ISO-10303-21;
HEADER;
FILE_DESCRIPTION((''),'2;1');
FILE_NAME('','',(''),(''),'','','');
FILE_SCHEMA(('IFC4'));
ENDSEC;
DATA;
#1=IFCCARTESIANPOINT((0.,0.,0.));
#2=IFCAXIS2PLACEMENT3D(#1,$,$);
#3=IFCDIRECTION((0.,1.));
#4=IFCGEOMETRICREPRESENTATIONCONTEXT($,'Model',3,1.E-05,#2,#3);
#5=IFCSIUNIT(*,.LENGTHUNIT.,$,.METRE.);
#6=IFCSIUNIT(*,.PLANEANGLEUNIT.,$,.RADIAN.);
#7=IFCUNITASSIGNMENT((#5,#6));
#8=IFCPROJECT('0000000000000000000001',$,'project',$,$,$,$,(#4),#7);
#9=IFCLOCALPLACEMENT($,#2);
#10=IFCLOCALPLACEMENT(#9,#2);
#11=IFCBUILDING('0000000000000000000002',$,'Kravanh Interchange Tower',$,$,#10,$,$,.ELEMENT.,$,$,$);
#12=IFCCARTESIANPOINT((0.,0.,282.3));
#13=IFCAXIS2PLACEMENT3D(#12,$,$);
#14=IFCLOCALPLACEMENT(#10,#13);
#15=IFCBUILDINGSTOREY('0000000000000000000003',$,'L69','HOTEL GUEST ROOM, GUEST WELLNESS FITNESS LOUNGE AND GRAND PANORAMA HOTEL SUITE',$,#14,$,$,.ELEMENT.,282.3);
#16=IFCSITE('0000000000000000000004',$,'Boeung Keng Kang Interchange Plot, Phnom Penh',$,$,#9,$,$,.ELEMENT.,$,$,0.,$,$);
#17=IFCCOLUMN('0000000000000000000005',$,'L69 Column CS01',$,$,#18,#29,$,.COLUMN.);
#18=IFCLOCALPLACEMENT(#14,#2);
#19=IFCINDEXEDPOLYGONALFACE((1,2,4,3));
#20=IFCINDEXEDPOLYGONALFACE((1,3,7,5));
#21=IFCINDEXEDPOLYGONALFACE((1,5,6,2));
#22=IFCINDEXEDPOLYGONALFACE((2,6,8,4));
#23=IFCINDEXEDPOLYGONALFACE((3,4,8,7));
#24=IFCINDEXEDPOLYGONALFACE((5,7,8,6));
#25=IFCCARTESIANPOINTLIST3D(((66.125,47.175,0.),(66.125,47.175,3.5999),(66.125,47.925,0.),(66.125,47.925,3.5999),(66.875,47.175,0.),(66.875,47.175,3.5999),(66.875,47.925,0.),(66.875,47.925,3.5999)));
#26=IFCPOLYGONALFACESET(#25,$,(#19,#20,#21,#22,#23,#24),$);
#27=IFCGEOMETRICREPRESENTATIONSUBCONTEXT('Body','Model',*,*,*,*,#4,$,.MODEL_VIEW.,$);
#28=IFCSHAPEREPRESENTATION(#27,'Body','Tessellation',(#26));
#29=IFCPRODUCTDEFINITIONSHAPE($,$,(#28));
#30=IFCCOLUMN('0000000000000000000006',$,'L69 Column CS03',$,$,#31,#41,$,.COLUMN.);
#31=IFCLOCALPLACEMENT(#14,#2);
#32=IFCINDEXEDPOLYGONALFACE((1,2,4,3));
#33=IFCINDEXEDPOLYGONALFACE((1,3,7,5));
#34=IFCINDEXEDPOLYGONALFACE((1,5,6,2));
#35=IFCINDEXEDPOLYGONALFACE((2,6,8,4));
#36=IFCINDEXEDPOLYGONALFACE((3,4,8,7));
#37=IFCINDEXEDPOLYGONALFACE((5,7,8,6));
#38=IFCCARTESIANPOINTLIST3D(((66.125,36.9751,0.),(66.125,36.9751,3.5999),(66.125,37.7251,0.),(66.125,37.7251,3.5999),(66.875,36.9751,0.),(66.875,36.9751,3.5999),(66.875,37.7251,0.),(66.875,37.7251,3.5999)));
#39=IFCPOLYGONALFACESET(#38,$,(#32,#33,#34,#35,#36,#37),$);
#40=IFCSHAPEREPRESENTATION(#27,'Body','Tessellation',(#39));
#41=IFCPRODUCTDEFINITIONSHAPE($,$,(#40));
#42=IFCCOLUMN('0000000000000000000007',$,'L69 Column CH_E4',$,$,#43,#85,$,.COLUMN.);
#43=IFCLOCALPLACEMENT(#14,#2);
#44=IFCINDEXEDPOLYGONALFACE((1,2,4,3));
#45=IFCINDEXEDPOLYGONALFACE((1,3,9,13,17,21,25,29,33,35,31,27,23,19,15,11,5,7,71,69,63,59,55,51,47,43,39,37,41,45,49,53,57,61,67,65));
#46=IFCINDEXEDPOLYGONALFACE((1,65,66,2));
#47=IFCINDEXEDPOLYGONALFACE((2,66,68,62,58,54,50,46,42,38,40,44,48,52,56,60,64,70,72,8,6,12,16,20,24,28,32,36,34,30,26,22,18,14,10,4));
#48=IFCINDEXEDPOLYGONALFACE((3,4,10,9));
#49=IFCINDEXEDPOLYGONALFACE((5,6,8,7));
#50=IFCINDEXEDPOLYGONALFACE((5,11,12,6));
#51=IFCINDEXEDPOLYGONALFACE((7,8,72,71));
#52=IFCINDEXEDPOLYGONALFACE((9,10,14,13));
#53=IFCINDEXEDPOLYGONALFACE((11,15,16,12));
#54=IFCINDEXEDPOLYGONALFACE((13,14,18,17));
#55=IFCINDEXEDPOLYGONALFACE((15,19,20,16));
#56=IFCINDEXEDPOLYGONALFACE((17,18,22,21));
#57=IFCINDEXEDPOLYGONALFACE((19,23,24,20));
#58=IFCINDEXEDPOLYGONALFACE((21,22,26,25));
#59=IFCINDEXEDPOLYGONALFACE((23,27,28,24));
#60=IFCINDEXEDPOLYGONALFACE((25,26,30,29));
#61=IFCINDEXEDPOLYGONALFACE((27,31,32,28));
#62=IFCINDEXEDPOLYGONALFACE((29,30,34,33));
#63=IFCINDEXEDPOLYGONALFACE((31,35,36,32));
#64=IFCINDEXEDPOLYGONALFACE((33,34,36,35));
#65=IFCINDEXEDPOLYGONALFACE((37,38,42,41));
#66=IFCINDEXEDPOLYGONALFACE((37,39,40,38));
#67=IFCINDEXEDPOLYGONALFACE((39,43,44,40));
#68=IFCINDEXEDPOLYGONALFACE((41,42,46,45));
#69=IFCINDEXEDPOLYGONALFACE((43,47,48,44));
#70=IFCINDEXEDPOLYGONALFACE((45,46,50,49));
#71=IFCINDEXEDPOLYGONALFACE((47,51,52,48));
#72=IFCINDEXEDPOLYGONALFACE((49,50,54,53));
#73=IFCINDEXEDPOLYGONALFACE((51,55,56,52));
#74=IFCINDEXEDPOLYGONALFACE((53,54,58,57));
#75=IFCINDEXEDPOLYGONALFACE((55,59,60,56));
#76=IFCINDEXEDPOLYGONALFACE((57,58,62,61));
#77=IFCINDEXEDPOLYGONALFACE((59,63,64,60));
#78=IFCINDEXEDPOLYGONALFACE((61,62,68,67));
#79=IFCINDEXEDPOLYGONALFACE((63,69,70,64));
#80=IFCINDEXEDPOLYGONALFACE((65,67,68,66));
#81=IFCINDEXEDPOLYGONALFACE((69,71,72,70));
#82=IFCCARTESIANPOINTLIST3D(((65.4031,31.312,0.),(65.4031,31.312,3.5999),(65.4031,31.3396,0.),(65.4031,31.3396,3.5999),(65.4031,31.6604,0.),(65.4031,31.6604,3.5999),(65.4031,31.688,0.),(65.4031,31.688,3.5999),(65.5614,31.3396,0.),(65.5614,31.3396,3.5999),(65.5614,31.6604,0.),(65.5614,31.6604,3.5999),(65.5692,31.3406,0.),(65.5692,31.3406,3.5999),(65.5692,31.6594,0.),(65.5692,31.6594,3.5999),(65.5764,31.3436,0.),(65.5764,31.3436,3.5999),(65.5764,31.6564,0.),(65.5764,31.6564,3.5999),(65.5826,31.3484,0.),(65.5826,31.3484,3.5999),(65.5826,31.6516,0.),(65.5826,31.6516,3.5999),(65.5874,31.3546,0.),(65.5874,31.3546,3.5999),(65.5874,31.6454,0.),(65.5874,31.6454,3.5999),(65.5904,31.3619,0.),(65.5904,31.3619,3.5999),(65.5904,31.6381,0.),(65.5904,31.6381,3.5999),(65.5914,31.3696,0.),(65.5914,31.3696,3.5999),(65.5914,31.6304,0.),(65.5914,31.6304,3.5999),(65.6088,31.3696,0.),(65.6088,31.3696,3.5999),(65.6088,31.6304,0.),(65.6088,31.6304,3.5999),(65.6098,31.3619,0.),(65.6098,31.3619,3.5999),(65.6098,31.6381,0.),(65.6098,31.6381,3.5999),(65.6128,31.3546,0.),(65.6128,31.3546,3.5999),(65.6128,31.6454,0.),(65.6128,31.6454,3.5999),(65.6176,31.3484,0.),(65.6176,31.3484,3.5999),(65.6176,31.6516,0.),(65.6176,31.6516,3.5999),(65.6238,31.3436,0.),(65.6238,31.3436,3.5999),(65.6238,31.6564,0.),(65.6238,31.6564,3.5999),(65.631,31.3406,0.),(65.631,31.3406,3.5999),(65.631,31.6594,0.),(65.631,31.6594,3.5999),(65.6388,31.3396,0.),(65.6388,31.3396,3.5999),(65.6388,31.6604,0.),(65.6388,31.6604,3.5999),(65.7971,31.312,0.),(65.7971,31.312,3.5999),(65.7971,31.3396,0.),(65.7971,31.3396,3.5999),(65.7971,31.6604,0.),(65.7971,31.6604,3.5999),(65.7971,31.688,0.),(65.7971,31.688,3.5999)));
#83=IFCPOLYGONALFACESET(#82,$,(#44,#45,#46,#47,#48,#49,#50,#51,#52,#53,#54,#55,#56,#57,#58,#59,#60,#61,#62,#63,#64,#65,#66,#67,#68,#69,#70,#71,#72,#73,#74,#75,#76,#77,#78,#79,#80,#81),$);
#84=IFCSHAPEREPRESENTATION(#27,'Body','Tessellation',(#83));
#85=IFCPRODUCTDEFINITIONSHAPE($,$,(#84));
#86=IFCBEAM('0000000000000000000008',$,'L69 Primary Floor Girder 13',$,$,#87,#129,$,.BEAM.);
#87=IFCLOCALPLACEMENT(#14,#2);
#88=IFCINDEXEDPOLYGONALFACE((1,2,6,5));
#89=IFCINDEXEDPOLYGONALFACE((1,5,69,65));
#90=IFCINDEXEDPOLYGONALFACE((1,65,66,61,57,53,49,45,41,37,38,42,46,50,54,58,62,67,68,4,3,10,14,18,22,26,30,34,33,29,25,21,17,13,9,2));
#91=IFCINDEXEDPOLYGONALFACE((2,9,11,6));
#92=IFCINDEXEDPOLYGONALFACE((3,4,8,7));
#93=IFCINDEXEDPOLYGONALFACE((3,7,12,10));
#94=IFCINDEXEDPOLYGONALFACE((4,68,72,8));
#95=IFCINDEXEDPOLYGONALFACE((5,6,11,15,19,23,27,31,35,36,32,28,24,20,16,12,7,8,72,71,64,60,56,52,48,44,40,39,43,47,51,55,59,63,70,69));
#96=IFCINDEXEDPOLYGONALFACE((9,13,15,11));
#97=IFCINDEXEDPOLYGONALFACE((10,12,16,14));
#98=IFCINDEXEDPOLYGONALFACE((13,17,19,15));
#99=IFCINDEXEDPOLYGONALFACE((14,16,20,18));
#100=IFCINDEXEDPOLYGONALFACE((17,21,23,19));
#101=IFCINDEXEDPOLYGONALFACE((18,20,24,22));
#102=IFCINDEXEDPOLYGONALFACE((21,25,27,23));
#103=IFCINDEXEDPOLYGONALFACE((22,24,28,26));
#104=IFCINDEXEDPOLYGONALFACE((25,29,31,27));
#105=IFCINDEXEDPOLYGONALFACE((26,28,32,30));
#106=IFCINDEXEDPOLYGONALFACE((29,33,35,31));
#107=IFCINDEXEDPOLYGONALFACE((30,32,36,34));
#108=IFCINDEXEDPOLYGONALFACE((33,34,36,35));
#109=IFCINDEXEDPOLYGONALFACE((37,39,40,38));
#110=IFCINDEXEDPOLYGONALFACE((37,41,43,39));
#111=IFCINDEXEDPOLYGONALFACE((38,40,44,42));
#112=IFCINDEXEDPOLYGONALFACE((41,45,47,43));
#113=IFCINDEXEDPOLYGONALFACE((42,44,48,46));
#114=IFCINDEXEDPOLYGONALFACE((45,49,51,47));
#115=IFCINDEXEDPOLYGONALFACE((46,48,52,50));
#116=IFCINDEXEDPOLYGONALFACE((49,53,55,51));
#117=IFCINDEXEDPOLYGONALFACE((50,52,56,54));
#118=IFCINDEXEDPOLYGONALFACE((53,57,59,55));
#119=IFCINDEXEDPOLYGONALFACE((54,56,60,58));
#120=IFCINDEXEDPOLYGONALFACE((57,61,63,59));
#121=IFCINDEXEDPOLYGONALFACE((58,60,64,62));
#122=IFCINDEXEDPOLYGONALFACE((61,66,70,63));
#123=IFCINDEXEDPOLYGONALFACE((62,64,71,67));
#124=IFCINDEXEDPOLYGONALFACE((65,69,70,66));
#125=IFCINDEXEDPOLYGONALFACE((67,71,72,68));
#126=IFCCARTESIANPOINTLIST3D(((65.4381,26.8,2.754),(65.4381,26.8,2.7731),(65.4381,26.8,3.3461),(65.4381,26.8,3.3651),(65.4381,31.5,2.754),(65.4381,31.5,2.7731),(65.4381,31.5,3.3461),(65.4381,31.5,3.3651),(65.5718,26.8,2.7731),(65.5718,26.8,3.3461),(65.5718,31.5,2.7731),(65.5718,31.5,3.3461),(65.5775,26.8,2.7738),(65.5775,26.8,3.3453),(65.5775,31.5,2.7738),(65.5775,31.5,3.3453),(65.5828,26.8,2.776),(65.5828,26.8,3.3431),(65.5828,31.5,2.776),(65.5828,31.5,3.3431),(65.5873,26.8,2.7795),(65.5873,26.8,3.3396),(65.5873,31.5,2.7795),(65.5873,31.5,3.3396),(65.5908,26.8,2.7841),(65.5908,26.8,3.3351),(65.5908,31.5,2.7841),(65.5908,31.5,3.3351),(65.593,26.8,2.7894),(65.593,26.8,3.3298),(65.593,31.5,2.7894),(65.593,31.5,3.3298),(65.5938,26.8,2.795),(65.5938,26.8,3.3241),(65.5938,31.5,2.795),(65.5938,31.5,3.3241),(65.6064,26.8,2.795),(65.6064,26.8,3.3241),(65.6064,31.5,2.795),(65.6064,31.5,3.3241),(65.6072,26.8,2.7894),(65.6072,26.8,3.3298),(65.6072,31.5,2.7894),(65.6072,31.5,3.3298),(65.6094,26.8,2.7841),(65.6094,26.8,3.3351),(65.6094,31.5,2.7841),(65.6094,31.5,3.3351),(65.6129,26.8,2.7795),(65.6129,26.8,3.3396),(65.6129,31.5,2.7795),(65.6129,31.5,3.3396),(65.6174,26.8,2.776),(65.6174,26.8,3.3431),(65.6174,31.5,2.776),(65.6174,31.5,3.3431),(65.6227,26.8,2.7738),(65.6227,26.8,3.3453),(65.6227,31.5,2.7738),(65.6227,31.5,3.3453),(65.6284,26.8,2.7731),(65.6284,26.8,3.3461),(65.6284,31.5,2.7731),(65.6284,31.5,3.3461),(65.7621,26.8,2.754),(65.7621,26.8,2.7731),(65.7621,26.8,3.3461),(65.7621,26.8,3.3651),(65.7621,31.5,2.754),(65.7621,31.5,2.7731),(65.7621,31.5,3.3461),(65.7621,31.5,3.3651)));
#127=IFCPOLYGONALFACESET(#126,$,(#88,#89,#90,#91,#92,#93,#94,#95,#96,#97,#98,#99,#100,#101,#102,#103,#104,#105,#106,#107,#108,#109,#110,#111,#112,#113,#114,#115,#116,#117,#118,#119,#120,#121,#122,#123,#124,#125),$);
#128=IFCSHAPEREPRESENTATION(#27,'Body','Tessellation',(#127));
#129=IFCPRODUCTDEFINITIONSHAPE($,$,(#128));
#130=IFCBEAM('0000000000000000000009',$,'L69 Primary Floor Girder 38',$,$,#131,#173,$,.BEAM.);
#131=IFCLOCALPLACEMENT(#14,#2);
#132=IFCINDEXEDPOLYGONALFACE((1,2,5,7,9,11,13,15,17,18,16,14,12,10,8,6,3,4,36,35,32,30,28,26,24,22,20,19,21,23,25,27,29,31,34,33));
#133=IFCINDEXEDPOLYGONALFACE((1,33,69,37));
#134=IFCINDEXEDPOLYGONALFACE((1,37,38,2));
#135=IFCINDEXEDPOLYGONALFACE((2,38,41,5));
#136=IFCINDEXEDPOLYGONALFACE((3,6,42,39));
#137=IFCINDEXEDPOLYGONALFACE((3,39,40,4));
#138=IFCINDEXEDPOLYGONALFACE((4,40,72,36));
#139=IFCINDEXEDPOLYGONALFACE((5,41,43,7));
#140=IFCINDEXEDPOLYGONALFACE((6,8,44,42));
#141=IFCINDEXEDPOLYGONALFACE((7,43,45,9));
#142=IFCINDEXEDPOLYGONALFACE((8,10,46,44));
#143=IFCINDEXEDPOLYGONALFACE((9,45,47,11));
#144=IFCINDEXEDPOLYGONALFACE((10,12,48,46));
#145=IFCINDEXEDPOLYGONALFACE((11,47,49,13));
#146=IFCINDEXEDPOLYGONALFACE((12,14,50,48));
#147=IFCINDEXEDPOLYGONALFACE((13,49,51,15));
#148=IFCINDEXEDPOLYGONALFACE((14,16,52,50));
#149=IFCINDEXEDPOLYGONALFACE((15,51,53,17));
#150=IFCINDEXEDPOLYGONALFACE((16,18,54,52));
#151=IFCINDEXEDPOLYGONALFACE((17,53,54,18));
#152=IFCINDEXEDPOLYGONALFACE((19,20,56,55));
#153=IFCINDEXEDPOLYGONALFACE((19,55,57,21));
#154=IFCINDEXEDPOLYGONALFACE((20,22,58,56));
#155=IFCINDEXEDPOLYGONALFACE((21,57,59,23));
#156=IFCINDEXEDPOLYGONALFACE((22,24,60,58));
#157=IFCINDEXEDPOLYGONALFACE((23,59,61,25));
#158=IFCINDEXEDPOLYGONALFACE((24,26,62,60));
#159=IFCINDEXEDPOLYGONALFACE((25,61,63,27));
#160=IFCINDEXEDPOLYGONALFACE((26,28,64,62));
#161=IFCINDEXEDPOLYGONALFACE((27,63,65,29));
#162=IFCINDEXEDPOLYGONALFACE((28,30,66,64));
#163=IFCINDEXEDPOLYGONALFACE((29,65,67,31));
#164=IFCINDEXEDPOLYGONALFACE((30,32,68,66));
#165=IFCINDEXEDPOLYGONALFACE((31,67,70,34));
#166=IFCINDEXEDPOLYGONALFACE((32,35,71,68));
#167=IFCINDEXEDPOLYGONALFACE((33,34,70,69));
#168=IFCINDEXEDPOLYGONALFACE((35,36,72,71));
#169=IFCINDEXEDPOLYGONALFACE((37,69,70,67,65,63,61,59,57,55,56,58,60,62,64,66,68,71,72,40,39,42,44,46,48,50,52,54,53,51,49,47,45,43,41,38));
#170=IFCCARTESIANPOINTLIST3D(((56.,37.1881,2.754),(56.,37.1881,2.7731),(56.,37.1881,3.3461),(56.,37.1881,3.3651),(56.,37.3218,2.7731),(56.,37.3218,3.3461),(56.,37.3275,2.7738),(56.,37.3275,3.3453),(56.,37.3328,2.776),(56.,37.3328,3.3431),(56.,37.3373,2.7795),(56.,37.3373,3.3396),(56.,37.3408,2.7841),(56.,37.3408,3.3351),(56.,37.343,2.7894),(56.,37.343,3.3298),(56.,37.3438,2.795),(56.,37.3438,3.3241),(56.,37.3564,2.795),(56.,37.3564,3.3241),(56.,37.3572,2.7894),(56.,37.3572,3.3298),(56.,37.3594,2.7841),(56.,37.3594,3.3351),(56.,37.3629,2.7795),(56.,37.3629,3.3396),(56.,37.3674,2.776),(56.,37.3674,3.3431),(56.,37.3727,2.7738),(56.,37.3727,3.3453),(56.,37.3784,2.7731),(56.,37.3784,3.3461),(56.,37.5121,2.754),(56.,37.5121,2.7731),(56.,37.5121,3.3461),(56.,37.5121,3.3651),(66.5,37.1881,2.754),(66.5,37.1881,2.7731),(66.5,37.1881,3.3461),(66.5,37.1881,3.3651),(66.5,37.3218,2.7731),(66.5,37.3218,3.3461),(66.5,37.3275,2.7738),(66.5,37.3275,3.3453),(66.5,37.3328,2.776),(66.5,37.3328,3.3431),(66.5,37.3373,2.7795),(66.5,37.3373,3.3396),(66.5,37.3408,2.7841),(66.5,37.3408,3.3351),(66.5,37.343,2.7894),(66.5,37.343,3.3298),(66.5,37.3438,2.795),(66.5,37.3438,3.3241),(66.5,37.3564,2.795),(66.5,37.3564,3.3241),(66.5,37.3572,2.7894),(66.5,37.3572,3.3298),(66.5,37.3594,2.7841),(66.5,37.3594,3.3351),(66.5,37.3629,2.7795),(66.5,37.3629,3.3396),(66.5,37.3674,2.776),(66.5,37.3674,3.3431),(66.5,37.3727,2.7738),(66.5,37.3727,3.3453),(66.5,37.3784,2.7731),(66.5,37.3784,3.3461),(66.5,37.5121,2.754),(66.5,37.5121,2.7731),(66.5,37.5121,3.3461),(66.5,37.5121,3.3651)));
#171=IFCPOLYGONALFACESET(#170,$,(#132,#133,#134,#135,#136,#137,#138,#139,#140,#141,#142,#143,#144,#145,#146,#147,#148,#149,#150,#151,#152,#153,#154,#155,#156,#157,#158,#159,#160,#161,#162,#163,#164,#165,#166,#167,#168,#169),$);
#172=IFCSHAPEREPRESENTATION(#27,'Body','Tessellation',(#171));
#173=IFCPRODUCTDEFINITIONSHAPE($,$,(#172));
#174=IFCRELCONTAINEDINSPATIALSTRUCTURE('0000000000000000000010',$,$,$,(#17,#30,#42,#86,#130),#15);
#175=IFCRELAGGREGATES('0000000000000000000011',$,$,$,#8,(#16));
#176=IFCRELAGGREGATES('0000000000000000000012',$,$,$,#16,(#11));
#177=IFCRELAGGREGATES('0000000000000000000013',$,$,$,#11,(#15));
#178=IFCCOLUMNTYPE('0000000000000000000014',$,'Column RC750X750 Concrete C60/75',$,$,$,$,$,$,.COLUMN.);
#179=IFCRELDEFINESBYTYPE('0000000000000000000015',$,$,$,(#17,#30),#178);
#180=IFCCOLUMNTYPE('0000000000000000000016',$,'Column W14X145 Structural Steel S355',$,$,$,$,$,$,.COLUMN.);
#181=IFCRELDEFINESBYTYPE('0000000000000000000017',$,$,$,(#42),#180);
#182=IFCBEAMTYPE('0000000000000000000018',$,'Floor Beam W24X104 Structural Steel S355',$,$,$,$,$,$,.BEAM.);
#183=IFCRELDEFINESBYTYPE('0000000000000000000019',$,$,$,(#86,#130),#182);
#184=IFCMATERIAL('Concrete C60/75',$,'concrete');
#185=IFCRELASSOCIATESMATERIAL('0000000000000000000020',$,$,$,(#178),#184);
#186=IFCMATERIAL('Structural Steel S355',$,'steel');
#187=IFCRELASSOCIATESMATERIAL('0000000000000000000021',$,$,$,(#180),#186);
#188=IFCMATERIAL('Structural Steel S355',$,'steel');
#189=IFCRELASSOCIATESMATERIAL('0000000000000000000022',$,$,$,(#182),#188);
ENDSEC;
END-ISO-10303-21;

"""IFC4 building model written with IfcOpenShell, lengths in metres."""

from ifc_helpers import new_model, si_unit, direction, frame, origin, origin_2d, place, context, subcontext, project, spatial, rectangle, i_section, extrude, material, material_profile, profile_set, type_object, element, save


model = new_model("IFC4")

# Units and contexts
model_context = context("Model", 3, precision=1e-05, world=origin(), true_north=direction((0.0, 1.0)))
body_context = subcontext(model_context, "Body", "Model", "MODEL_VIEW")
ifc_project = project(units=[si_unit("LENGTHUNIT", "METRE"), si_unit("PLANEANGLEUNIT", "RADIAN")], contexts=[model_context])

# Site, building, storey
site_placement = place(None, origin())
site = spatial("IfcSite", under=ifc_project, at=site_placement, Name="Boeung Keng Kang Interchange Plot, Phnom Penh", CompositionType="ELEMENT", RefElevation=0.0)
building_placement = place(site_placement, origin())
building = spatial("IfcBuilding", under=site, at=building_placement, Name="Kravanh Interchange Tower", CompositionType="ELEMENT")
storey_placement = place(building_placement, frame((0.0, 0.0, 282.3)))
storey = spatial("IfcBuildingStorey", under=building, at=storey_placement, Name="L69", Description="HOTEL GUEST ROOM, GUEST WELLNESS FITNESS LOUNGE AND GRAND PANORAMA HOTEL SUITE", CompositionType="ELEMENT", Elevation=282.3)

# Columns
ifc_material_1 = material(Name="Concrete C60/75", Category="concrete")
ifc_material_profile_1 = material_profile(ifc_material_1, rectangle(XDim=0.75, YDim=0.75, at=origin_2d()), Name="RC750X750")
ifc_profile_set_1 = profile_set([ifc_material_profile_1], Name="Concrete C60/75")
column_type_1 = type_object("IfcColumnType", Name="Column RC750X750 Concrete C60/75", PredefinedType="COLUMN", material=ifc_profile_set_1)
for number, where, z_axis, x_axis, name in (
    (1, (66.5, 47.55, 0.0), (0.0, 0.0, 1.0), (1.0, 0.0, 0.0), "L69 Column CS01"),
    (2, (66.5, 37.3501, 0.0), (0.0, 0.0, 1.0), (1.0, 0.0, 0.0), "L69 Column CS03"),
):
    element("IfcColumn", number, at=place(storey_placement, frame(where, z_axis=z_axis, x_axis=x_axis)), inside=storey, type_object=column_type_1, Name=name, PredefinedType="COLUMN", context=body_context, shape_type="SweptSolid", body=[
        extrude(rectangle(XDim=0.75, YDim=0.75, at=origin_2d()), origin(), (0.0, 0.0, 1.0), 3.5999),
    ])
ifc_material_2 = material(Name="Structural Steel S355", Category="steel")
ifc_material_profile_2 = material_profile(ifc_material_2, i_section(OverallWidth=0.394, OverallDepth=0.376, WebThickness=0.0173, FlangeThickness=0.0276, FilletRadius=0.03, at=origin_2d()), Name="W14X145")
ifc_profile_set_2 = profile_set([ifc_material_profile_2], Name="Structural Steel S355")
column_type_2 = type_object("IfcColumnType", Name="Column W14X145 Structural Steel S355", PredefinedType="COLUMN", material=ifc_profile_set_2)
column_placement = place(storey_placement, frame((65.6001, 31.5, 0.0), z_axis=(0.0, 0.0, 1.0), x_axis=(1.0, 0.0, 0.0)))
element("IfcColumn", 3, at=column_placement, inside=storey, type_object=column_type_2, Name="L69 Column CH_E4", PredefinedType="COLUMN", context=body_context, shape_type="SweptSolid", body=[
    extrude(i_section(OverallWidth=0.394, OverallDepth=0.376, WebThickness=0.0173, FlangeThickness=0.0276, FilletRadius=0.03, at=origin_2d()), origin(), (0.0, 0.0, 1.0), 3.5999),
])

# Beams
ifc_material_3 = material(Name="Structural Steel S355", Category="steel")
ifc_material_profile_3 = material_profile(ifc_material_3, i_section(OverallWidth=0.324, OverallDepth=0.6111, WebThickness=0.0127, FlangeThickness=0.019, FilletRadius=0.022, at=origin_2d()), Name="W24X104")
ifc_profile_set_3 = profile_set([ifc_material_profile_3], Name="Structural Steel S355")
beam_type_1 = type_object("IfcBeamType", Name="Floor Beam W24X104 Structural Steel S355", PredefinedType="BEAM", material=ifc_profile_set_3)
beam_1_placement = place(storey_placement, frame((65.6001, 31.5, 3.0596), z_axis=(0.0, -1.0, 0.0), x_axis=(1.0, 0.0, 0.0)))
element("IfcBeam", 4, at=beam_1_placement, inside=storey, type_object=beam_type_1, Name="L69 Primary Floor Girder 13", PredefinedType="BEAM", context=body_context, shape_type="SweptSolid", body=[
    extrude(i_section(OverallWidth=0.324, OverallDepth=0.6111, WebThickness=0.0127, FlangeThickness=0.019, FilletRadius=0.022, at=origin_2d()), origin(), (0.0, 0.0, 1.0), 4.7),
])
beam_2_placement = place(storey_placement, frame((66.5, 37.3501, 3.0596), z_axis=(-1.0, 0.0, 0.0), x_axis=(0.0, -1.0, 0.0)))
element("IfcBeam", 5, at=beam_2_placement, inside=storey, type_object=beam_type_1, Name="L69 Primary Floor Girder 38", PredefinedType="BEAM", context=body_context, shape_type="SweptSolid", body=[
    extrude(i_section(OverallWidth=0.324, OverallDepth=0.6111, WebThickness=0.0127, FlangeThickness=0.019, FilletRadius=0.022, at=origin_2d()), origin(), (0.0, 0.0, 1.0), 10.5),
])

save(model, "model.ifc")
